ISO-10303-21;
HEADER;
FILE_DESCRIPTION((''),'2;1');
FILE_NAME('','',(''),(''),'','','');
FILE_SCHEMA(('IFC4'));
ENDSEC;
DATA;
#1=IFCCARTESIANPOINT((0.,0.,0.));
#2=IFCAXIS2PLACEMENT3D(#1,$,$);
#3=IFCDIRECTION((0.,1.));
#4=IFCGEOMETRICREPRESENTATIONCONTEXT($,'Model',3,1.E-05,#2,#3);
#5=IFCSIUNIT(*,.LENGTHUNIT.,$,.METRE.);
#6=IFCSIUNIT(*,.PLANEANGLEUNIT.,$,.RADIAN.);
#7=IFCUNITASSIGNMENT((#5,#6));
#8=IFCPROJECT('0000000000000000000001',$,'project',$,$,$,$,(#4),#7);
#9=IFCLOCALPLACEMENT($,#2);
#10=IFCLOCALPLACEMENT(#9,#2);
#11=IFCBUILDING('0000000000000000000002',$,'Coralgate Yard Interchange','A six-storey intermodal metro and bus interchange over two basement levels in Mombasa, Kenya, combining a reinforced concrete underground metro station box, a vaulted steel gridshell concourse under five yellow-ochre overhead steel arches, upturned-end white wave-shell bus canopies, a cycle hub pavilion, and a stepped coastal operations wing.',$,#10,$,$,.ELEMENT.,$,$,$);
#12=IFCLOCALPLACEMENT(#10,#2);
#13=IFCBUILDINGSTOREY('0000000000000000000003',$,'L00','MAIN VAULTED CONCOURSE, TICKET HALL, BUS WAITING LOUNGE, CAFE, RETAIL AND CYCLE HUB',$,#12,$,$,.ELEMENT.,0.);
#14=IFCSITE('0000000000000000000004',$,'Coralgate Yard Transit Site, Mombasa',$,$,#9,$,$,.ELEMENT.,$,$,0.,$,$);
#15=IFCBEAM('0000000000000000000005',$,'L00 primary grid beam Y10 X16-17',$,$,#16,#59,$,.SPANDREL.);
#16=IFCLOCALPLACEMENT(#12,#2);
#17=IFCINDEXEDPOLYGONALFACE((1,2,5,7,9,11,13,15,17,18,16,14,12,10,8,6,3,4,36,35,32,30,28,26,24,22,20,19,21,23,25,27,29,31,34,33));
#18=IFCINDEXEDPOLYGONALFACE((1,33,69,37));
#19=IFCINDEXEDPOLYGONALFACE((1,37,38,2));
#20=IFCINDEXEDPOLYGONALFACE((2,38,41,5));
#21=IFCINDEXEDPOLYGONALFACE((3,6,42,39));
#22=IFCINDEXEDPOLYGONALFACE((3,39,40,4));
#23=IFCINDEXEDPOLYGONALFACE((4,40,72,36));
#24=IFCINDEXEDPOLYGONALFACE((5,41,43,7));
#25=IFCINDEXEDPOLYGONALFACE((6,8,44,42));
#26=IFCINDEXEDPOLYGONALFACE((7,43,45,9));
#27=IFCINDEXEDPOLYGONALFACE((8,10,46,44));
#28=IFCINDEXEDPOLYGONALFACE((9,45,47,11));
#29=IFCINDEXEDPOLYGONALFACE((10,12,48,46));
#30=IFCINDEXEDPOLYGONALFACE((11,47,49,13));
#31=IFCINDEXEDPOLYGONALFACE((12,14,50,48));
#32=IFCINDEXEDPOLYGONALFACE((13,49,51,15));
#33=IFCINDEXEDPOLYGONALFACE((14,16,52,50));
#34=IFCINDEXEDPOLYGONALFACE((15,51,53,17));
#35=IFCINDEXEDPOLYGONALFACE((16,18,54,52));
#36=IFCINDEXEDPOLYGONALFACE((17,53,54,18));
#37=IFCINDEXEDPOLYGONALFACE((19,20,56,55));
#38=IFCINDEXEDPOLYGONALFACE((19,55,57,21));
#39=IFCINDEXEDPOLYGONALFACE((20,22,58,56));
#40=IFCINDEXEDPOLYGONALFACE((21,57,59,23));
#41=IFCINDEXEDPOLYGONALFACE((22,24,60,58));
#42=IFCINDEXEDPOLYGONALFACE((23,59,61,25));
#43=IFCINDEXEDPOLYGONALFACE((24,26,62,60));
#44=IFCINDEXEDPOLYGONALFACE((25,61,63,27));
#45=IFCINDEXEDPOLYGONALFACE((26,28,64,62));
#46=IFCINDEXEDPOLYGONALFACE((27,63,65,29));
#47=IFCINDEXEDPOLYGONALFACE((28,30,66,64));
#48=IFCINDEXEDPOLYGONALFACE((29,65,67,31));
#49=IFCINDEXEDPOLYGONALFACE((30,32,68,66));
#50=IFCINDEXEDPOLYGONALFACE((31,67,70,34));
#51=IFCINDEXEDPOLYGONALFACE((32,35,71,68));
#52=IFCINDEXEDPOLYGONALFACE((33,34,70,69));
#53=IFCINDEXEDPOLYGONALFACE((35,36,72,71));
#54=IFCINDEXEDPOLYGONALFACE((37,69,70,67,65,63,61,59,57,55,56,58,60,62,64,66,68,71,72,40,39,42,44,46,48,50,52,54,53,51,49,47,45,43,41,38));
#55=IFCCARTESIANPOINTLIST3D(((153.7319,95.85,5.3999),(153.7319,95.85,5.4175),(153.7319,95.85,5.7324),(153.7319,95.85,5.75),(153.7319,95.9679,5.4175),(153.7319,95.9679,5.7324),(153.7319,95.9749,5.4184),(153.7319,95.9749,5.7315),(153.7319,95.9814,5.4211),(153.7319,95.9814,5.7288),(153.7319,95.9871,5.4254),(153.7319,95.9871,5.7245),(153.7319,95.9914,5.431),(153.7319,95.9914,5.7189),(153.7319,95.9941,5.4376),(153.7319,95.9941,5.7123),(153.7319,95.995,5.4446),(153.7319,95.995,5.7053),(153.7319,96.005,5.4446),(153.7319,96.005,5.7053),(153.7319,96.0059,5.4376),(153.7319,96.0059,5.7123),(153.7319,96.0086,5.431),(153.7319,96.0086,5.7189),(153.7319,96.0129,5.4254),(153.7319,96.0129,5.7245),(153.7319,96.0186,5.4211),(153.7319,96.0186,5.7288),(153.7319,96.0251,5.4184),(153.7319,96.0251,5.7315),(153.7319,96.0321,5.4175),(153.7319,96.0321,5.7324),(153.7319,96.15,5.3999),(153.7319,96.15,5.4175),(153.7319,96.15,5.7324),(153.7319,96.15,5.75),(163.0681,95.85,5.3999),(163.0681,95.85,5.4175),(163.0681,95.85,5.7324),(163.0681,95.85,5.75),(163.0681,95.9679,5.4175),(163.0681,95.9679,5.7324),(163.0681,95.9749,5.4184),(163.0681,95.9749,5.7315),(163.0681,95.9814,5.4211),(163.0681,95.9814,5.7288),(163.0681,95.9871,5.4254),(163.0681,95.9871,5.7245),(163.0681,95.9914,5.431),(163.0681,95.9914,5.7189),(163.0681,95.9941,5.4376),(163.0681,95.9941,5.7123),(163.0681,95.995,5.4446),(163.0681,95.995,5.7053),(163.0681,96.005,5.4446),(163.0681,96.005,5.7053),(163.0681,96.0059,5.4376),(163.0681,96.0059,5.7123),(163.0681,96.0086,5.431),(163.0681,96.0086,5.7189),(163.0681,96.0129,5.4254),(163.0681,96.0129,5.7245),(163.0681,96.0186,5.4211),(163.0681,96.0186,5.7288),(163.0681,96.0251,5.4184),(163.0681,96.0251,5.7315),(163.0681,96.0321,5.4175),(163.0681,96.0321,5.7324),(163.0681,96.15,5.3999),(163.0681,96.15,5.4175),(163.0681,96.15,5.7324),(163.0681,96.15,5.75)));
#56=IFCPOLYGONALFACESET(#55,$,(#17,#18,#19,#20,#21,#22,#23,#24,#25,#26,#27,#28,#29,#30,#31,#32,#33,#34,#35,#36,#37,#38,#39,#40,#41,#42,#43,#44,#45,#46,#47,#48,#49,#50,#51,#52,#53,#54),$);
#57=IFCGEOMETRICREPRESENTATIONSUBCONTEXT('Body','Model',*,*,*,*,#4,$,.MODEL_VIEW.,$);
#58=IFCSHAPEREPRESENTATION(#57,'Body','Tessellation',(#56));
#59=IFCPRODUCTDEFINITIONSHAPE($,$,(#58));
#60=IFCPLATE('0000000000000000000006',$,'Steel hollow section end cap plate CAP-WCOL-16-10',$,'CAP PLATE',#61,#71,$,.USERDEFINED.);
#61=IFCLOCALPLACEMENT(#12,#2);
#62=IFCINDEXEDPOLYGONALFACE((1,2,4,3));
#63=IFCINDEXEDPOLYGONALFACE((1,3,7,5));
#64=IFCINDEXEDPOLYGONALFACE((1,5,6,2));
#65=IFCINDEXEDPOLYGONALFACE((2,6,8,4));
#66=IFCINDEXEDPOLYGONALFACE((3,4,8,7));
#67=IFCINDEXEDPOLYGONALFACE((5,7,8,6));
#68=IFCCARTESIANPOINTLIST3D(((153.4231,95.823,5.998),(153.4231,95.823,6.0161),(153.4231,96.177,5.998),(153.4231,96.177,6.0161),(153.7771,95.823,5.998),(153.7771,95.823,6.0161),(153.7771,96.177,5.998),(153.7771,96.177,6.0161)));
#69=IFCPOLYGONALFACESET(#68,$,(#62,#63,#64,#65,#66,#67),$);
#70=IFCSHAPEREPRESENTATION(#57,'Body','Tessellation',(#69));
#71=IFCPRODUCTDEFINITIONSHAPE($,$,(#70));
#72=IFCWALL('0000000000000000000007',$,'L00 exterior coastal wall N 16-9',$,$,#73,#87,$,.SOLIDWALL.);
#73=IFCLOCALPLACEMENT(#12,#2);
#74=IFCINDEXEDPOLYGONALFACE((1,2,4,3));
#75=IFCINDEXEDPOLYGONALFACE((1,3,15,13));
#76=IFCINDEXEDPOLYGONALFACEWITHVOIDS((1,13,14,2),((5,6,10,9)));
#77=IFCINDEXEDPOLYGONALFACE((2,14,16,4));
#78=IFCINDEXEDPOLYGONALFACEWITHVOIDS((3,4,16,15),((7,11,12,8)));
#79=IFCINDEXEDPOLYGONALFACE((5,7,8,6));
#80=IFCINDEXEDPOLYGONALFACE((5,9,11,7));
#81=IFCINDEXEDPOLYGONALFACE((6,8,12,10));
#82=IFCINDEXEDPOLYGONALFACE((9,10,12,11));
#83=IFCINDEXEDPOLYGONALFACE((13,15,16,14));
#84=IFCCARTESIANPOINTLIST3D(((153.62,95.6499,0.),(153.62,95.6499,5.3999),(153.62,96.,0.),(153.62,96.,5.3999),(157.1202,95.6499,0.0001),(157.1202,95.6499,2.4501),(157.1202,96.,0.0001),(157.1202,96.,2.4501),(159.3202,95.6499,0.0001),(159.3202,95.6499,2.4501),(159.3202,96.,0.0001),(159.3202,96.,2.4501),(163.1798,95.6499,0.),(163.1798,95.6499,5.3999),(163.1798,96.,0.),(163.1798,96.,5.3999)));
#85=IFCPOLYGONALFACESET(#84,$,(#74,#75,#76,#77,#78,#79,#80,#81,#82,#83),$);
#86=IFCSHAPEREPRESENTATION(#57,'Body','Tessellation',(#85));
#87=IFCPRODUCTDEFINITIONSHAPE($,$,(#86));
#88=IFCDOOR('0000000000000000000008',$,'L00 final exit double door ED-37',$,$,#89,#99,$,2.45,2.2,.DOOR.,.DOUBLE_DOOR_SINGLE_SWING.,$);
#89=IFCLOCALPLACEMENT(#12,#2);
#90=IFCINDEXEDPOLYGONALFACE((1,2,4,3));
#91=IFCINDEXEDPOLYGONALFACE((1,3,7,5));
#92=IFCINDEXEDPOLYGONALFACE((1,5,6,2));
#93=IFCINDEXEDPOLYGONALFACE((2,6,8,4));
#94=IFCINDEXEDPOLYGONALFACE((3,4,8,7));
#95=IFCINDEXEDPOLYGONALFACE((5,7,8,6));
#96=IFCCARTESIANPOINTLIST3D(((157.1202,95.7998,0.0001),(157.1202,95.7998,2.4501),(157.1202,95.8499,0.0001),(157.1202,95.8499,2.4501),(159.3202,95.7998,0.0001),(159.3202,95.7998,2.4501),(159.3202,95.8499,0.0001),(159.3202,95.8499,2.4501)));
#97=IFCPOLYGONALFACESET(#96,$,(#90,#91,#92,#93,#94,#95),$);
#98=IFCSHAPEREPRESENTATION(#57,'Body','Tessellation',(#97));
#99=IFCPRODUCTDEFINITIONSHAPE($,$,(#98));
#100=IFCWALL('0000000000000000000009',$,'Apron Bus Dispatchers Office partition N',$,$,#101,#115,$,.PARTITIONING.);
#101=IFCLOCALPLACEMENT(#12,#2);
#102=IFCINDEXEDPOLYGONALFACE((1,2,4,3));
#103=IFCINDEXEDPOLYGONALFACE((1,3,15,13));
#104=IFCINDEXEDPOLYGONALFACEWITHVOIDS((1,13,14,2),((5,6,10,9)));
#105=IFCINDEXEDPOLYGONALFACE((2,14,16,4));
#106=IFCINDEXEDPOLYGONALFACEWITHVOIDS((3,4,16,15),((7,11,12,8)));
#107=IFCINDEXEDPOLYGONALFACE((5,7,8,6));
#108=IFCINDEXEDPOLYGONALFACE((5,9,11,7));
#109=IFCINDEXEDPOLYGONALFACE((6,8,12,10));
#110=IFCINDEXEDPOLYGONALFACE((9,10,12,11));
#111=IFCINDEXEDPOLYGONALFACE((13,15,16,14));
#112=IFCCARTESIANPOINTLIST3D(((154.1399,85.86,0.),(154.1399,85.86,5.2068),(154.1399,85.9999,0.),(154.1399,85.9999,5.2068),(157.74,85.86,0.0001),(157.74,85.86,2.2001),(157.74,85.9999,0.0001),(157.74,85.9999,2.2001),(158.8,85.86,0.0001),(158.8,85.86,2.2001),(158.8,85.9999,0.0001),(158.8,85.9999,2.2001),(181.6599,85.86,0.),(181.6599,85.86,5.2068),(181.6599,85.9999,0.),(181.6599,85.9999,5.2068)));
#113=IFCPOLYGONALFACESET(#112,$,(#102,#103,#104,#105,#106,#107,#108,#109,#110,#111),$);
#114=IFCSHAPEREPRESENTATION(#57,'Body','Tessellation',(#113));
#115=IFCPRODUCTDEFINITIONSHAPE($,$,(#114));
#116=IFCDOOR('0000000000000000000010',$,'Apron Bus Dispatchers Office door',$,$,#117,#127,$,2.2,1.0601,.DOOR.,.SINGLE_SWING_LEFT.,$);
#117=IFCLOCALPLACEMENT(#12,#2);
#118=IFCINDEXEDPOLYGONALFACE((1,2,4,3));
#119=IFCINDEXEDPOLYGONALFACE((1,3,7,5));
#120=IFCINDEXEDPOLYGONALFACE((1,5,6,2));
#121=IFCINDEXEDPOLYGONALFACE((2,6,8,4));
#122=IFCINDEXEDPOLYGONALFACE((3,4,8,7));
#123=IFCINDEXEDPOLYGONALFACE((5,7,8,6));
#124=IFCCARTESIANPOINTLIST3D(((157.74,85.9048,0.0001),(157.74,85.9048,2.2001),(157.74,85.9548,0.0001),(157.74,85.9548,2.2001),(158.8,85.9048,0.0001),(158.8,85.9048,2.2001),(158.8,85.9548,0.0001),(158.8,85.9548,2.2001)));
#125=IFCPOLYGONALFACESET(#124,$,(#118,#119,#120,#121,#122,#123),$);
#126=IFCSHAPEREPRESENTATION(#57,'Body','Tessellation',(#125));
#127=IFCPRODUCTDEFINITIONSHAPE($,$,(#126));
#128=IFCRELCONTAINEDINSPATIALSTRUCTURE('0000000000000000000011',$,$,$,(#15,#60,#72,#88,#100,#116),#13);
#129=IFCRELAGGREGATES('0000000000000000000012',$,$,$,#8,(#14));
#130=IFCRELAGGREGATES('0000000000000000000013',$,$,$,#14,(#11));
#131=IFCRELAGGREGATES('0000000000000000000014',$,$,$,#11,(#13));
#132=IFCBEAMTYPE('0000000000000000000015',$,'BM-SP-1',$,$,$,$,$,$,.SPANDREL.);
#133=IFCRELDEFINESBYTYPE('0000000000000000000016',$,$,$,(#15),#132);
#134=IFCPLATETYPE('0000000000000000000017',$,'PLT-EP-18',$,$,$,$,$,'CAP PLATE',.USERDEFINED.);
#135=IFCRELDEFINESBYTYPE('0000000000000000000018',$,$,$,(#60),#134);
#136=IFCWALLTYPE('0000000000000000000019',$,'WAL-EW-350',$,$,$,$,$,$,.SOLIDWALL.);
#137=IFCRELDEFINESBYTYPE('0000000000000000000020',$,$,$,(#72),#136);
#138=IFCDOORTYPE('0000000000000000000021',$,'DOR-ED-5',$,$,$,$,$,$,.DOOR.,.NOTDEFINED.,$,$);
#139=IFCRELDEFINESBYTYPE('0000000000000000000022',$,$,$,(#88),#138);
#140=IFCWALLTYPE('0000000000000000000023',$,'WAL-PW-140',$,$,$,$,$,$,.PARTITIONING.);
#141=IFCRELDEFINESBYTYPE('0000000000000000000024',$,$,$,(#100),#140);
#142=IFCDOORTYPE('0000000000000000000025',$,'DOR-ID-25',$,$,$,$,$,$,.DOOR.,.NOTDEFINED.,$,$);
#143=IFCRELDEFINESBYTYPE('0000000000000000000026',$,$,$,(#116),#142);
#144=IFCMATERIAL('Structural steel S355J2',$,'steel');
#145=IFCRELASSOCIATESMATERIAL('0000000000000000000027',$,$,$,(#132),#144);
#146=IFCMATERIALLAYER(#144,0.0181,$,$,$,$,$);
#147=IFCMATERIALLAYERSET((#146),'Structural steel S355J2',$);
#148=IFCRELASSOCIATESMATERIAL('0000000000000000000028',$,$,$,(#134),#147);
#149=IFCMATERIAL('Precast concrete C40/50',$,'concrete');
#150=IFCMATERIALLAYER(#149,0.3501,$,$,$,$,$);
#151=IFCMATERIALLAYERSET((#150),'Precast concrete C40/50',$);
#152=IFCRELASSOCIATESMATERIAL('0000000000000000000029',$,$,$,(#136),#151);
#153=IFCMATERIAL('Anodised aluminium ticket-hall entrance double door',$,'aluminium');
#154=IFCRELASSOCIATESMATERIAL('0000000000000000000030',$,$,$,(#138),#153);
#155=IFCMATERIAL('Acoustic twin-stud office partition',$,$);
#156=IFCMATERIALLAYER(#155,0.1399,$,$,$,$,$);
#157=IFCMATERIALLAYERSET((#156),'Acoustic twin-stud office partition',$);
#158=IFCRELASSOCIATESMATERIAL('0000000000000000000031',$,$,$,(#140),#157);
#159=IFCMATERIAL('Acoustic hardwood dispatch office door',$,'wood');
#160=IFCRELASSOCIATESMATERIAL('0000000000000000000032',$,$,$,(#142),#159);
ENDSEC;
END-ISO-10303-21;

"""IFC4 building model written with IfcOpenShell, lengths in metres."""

from ifc_helpers import new_model, si_unit, direction, frame, frame_2d, origin, origin_2d, place, context, subcontext, project, spatial, rectangle, i_section, extrude, material, layer, layer_set, material_profile, profile_set, type_object, element, fill, save


model = new_model("IFC4")

# Units and contexts
model_context = context("Model", 3, precision=1e-05, world=origin(), true_north=direction((0.0, 1.0)))
body_context = subcontext(model_context, "Body", "Model", "MODEL_VIEW")
ifc_project = project(units=[si_unit("LENGTHUNIT", "METRE"), si_unit("PLANEANGLEUNIT", "RADIAN")], contexts=[model_context])

# Site, building, storey
site_placement = place(None, origin())
site = spatial("IfcSite", under=ifc_project, at=site_placement, Name="Coralgate Yard Transit Site, Mombasa", CompositionType="ELEMENT", RefElevation=0.0)
building_placement = place(site_placement, origin())
building = spatial("IfcBuilding", under=site, at=building_placement, Name="Coralgate Yard Interchange", Description="A six-storey intermodal metro and bus interchange over two basement levels in Mombasa, Kenya, combining a reinforced concrete underground metro station box, a vaulted steel gridshell concourse under five yellow-ochre overhead steel arches, upturned-end white wave-shell bus canopies, a cycle hub pavilion, and a stepped coastal operations wing.", CompositionType="ELEMENT")
storey_placement = place(building_placement, origin())
storey = spatial("IfcBuildingStorey", under=building, at=storey_placement, Name="L00", Description="MAIN VAULTED CONCOURSE, TICKET HALL, BUS WAITING LOUNGE, CAFE, RETAIL AND CYCLE HUB", CompositionType="ELEMENT", Elevation=0.0)

# Shared definitions
ifc_material_1 = material(Name="Structural steel S355J2", Category="steel")

# Beam
ifc_material_profile_1 = material_profile(ifc_material_1, i_section(OverallWidth=0.3, OverallDepth=0.3501, WebThickness=0.01, FlangeThickness=0.0176, FilletRadius=0.0271, at=origin_2d()), Name="HEA 360")
ifc_profile_set_1 = profile_set([ifc_material_profile_1], Name="Structural steel S355J2")
beam_type_1 = type_object("IfcBeamType", Name="BM-SP-1", PredefinedType="SPANDREL", material=ifc_profile_set_1)
beam_1_placement = place(storey_placement, frame((153.7319, 96.0, 5.575), z_axis=(1.0, 0.0, 0.0), x_axis=(0.0, 1.0, 0.0)))
element("IfcBeam", 1, at=beam_1_placement, inside=storey, type_object=beam_type_1, Name="L00 primary grid beam Y10 X16-17", PredefinedType="SPANDREL", context=body_context, shape_type="SweptSolid", body=[
    extrude(i_section(OverallWidth=0.3, OverallDepth=0.3501, WebThickness=0.01, FlangeThickness=0.0176, FilletRadius=0.0271, at=origin_2d()), origin(), (0.0, 0.0, 1.0), 9.3362),
])

# Plate
ifc_layer_1 = layer(ifc_material_1, 0.0181)
ifc_layer_set_1 = layer_set([ifc_layer_1], Name="Structural steel S355J2")
plate_type = type_object("IfcPlateType", Name="PLT-EP-18", ElementType="CAP PLATE", PredefinedType="USERDEFINED", material=ifc_layer_set_1)
plate_placement = place(storey_placement, frame((153.6001, 96.0, 5.998), z_axis=(0.0, 0.0, 1.0), x_axis=(1.0, 0.0, 0.0)))
element("IfcPlate", 2, at=plate_placement, inside=storey, type_object=plate_type, Name="Steel hollow section end cap plate CAP-WCOL-16-10", ObjectType="CAP PLATE", PredefinedType="USERDEFINED", context=body_context, shape_type="SweptSolid", body=[
    extrude(rectangle(XDim=0.354, YDim=0.354, at=origin_2d()), origin(), (0.0, 0.0, 1.0), 0.0181),
])

# Walls, openings, doors
ifc_material_2 = material(Name="Precast concrete C40/50", Category="concrete")
ifc_layer_2 = layer(ifc_material_2, 0.3501)
ifc_layer_set_2 = layer_set([ifc_layer_2], Name="Precast concrete C40/50")
wall_type_1 = type_object("IfcWallType", Name="WAL-EW-350", PredefinedType="SOLIDWALL", material=ifc_layer_set_2)
wall_1_placement = place(storey_placement, frame((153.6201, 95.825, 0.0), z_axis=(0.0, 0.0, 1.0), x_axis=(1.0, 0.0, 0.0)))
wall_1 = element("IfcWall", 3, at=wall_1_placement, inside=storey, type_object=wall_type_1, Name="L00 exterior coastal wall N 16-9", PredefinedType="SOLIDWALL", context=body_context, shape_type="SweptSolid", body=[
    extrude(rectangle(XDim=9.5598, YDim=0.3501, at=frame_2d((4.7798, 0.0))), origin(), (0.0, 0.0, 1.0), 5.3999),
])
opening_1_placement = place(wall_1_placement, frame((3.5, 0.0, 0.0)))
opening_1 = element("IfcOpeningElement", 4, at=opening_1_placement, cuts=wall_1, PredefinedType="OPENING", context=body_context, shape_type="SweptSolid", body=[
    extrude(rectangle(XDim=2.2, YDim=2.45, at=frame_2d((1.1001, 1.2251))), frame((0.0, 0.1851, 0.0), z_axis=(0.0, -1.0, 0.0), x_axis=(1.0, 0.0, 0.0)), (0.0, 0.0, 1.0), 0.3701),
])
ifc_material_3 = material(Name="Anodised aluminium ticket-hall entrance double door", Category="aluminium")
door_type_1 = type_object("IfcDoorType", Name="DOR-ED-5", OperationType="NOTDEFINED", PredefinedType="DOOR", material=ifc_material_3)
door_1_placement = place(opening_1_placement, origin())
door_1 = element("IfcDoor", 5, at=door_1_placement, inside=storey, type_object=door_type_1, Name="L00 final exit double door ED-37", OperationType="DOUBLE_DOOR_SINGLE_SWING", OverallHeight=2.45, OverallWidth=2.2, PredefinedType="DOOR", context=body_context, shape_type="SweptSolid", body=[
    extrude(rectangle(XDim=2.2, YDim=2.45, at=frame_2d((1.1001, 1.2251))), frame((0.0, 0.0249, 0.0), z_axis=(0.0, -1.0, 0.0), x_axis=(1.0, 0.0, 0.0)), (0.0, 0.0, 1.0), 0.05),
])
fill(opening_1, door_1)
ifc_material_4 = material(Name="Acoustic twin-stud office partition")
ifc_layer_3 = layer(ifc_material_4, 0.1399)
ifc_layer_set_3 = layer_set([ifc_layer_3], Name="Acoustic twin-stud office partition")
wall_type_2 = type_object("IfcWallType", Name="WAL-PW-140", PredefinedType="PARTITIONING", material=ifc_layer_set_3)
wall_2_placement = place(storey_placement, frame((154.1399, 85.9299, 0.0), z_axis=(0.0, 0.0, 1.0), x_axis=(1.0, 0.0, 0.0)))
wall_2 = element("IfcWall", 6, at=wall_2_placement, inside=storey, type_object=wall_type_2, Name="Apron Bus Dispatchers Office partition N", PredefinedType="PARTITIONING", context=body_context, shape_type="SweptSolid", body=[
    extrude(rectangle(XDim=27.52, YDim=0.1399, at=frame_2d((13.76, 0.0))), origin(), (0.0, 0.0, 1.0), 5.2068),
])
opening_2_placement = place(wall_2_placement, frame((3.6001, 0.0, 0.0)))
opening_2 = element("IfcOpeningElement", 7, at=opening_2_placement, cuts=wall_2, PredefinedType="OPENING", context=body_context, shape_type="SweptSolid", body=[
    extrude(rectangle(XDim=1.0601, YDim=2.2, at=frame_2d((0.53, 1.1001))), frame((0.0, 0.0798, 0.0), z_axis=(0.0, -1.0, 0.0), x_axis=(1.0, 0.0, 0.0)), (0.0, 0.0, 1.0), 0.1599),
])
ifc_material_5 = material(Name="Acoustic hardwood dispatch office door", Category="wood")
door_type_2 = type_object("IfcDoorType", Name="DOR-ID-25", OperationType="NOTDEFINED", PredefinedType="DOOR", material=ifc_material_5)
door_2_placement = place(opening_2_placement, origin())
door_2 = element("IfcDoor", 8, at=door_2_placement, inside=storey, type_object=door_type_2, Name="Apron Bus Dispatchers Office door", OperationType="SINGLE_SWING_LEFT", OverallHeight=2.2, OverallWidth=1.0601, PredefinedType="DOOR", context=body_context, shape_type="SweptSolid", body=[
    extrude(rectangle(XDim=1.0601, YDim=2.2, at=frame_2d((0.53, 1.1001))), frame((0.0, 0.0249, 0.0), z_axis=(0.0, -1.0, 0.0), x_axis=(1.0, 0.0, 0.0)), (0.0, 0.0, 1.0), 0.05),
])
fill(opening_2, door_2)

save(model, "model.ifc")
